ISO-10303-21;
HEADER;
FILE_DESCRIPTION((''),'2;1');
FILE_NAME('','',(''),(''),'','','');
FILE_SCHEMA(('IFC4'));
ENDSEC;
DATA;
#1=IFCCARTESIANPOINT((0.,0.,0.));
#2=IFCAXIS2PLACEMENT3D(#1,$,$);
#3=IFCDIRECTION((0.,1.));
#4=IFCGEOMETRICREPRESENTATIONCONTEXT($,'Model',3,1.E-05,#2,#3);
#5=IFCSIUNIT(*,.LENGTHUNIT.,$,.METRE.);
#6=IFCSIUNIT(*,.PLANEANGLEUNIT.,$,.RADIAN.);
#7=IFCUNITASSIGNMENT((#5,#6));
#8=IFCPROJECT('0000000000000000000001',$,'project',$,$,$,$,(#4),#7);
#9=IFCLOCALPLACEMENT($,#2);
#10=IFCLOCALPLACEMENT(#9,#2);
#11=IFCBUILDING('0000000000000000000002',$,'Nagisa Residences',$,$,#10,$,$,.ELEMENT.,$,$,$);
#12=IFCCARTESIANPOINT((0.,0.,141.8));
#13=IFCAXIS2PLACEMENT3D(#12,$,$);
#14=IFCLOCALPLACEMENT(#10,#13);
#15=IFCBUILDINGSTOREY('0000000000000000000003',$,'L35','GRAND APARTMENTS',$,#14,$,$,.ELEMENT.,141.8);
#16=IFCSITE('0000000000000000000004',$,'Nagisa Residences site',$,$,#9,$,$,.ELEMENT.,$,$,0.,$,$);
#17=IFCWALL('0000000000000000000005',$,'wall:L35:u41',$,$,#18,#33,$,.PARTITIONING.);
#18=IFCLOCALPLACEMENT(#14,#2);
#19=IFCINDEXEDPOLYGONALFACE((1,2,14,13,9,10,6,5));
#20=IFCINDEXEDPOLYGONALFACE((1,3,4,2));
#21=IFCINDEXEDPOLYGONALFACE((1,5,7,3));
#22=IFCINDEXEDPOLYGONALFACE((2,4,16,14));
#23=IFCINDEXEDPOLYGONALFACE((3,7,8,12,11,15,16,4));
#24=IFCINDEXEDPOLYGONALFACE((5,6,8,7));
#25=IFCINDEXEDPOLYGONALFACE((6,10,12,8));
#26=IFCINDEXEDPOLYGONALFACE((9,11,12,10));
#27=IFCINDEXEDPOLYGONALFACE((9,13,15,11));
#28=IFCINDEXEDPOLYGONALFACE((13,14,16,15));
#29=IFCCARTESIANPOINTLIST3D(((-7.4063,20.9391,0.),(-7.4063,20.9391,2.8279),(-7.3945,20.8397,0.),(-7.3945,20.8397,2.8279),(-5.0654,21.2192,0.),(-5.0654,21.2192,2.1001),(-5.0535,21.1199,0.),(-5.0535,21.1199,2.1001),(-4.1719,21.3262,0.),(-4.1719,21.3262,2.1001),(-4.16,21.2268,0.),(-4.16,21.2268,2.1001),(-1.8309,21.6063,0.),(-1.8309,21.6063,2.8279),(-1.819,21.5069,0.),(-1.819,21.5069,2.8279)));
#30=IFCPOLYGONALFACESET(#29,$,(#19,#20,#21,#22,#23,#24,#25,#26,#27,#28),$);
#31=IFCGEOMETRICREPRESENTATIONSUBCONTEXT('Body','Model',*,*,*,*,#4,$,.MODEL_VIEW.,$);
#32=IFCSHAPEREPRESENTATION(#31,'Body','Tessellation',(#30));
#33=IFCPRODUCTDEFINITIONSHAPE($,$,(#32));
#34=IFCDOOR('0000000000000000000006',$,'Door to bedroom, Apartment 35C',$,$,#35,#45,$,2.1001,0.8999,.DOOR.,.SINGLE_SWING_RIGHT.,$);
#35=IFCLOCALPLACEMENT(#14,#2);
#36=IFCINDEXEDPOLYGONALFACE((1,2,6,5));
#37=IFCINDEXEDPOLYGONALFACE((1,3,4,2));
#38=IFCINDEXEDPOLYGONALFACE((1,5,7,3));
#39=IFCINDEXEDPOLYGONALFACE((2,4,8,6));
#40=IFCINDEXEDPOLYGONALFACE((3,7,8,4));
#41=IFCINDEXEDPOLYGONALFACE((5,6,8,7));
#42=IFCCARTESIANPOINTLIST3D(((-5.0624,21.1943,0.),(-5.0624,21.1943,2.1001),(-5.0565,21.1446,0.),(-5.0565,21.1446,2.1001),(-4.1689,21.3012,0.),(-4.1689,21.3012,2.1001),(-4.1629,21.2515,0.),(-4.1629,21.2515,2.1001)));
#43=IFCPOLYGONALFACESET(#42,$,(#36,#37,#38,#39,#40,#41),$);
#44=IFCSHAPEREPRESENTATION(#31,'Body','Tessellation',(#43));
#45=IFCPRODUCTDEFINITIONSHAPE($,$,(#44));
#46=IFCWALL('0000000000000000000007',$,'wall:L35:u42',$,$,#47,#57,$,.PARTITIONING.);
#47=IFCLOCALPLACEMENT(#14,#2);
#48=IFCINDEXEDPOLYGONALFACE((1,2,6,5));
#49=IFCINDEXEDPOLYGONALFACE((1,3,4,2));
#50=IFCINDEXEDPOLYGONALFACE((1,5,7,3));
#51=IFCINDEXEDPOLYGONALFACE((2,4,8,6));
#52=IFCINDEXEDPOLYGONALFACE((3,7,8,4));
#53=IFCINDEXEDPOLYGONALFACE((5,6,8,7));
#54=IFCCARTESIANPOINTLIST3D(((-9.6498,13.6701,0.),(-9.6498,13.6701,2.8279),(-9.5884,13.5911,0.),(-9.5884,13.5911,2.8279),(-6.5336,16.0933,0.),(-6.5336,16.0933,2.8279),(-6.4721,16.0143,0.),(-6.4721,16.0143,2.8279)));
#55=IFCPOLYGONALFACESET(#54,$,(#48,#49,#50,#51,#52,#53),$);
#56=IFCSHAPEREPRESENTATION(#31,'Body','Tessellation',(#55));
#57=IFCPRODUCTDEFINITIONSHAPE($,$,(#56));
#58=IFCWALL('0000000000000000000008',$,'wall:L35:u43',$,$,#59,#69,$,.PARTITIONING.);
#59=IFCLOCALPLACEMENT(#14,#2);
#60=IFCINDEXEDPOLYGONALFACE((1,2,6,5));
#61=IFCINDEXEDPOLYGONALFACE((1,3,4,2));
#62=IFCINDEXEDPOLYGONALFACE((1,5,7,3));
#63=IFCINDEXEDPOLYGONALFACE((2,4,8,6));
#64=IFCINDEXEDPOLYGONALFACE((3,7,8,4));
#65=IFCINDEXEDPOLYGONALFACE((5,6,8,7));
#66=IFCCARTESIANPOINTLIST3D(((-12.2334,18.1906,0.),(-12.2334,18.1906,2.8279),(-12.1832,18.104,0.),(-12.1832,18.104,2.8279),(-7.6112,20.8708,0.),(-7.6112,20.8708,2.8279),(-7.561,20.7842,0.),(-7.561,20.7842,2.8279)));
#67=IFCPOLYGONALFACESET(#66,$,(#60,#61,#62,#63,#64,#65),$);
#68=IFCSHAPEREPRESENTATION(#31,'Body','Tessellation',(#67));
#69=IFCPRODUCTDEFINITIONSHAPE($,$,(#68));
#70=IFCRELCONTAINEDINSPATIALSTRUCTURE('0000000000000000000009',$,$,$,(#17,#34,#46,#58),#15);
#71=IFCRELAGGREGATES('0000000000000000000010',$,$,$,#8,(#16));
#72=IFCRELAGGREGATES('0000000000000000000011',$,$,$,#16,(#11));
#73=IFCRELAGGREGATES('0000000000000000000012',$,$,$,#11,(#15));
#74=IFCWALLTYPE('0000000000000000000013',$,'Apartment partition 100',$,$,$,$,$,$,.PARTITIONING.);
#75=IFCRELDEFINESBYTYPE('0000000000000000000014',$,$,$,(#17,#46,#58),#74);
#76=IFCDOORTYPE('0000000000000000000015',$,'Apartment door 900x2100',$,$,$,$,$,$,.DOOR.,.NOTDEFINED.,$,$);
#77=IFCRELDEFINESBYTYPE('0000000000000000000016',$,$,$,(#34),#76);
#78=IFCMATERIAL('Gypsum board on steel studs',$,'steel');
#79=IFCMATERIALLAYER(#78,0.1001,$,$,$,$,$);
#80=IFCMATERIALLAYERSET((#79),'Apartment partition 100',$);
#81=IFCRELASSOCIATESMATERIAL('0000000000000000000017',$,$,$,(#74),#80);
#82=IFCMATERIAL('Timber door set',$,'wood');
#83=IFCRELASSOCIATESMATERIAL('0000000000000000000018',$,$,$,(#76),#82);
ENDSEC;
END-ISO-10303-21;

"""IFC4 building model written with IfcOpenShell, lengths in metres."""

from ifc_helpers import new_model, si_unit, direction, frame, frame_2d, origin, place, context, subcontext, project, spatial, rectangle, extrude, material, layer, layer_set, type_object, element, fill, save


model = new_model("IFC4")

# Units and contexts
model_context = context("Model", 3, precision=1e-05, world=origin(), true_north=direction((0.0, 1.0)))
body_context = subcontext(model_context, "Body", "Model", "MODEL_VIEW")
ifc_project = project(units=[si_unit("LENGTHUNIT", "METRE"), si_unit("PLANEANGLEUNIT", "RADIAN")], contexts=[model_context])

# Site, building, storey
site_placement = place(None, origin())
site = spatial("IfcSite", under=ifc_project, at=site_placement, Name="Nagisa Residences site", CompositionType="ELEMENT", RefElevation=0.0)
building_placement = place(site_placement, origin())
building = spatial("IfcBuilding", under=site, at=building_placement, Name="Nagisa Residences", CompositionType="ELEMENT")
storey_placement = place(building_placement, frame((0.0, 0.0, 141.8)))
storey = spatial("IfcBuildingStorey", under=building, at=storey_placement, Name="L35", Description="GRAND APARTMENTS", CompositionType="ELEMENT", Elevation=141.8)

# Wall, opening, door
ifc_material_1 = material(Name="Gypsum board on steel studs", Category="steel")
ifc_layer_1 = layer(ifc_material_1, 0.1001)
ifc_layer_set_1 = layer_set([ifc_layer_1], Name="Apartment partition 100")
wall_type_1 = type_object("IfcWallType", Name="Apartment partition 100", PredefinedType="PARTITIONING", material=ifc_layer_set_1)
ifc_material_2 = material(Name="Timber door set", Category="wood")
door_type_1 = type_object("IfcDoorType", Name="Apartment door 900x2100", OperationType="NOTDEFINED", PredefinedType="DOOR", material=ifc_material_2)
wall_1_placement = place(storey_placement, frame((-1.825, 21.5566, 0.0), z_axis=(0.0, 0.0, 1.0), x_axis=(-0.992915, -0.118826, 0.0)))
wall_1 = element("IfcWall", 1, at=wall_1_placement, inside=storey, type_object=wall_type_1, Name="wall:L35:u41", PredefinedType="PARTITIONING", context=body_context, shape_type="SweptSolid", body=[
    extrude(rectangle(XDim=5.6152, YDim=0.1001, at=frame_2d((2.8076, 0.0))), origin(), (0.0, 0.0, 1.0), 2.8279),
])
opening_1_placement = place(wall_1_placement, frame((2.3577, 0.0, 0.0)))
opening_1 = element("IfcOpeningElement", 2, at=opening_1_placement, cuts=wall_1, PredefinedType="OPENING", context=body_context, shape_type="SweptSolid", body=[
    extrude(rectangle(XDim=0.8999, YDim=2.1001, at=frame_2d((0.45, 1.05))), frame((0.0, 0.0601, 0.0), z_axis=(0.0, -1.0, 0.0), x_axis=(1.0, 0.0, 0.0)), (0.0, 0.0, 1.0), 0.1201),
])
door_1_placement = place(opening_1_placement, frame((0.8999, 0.0, 0.0), x_axis=(-1.0, 0.0, 0.0)))
door_1 = element("IfcDoor", 3, at=door_1_placement, inside=storey, type_object=door_type_1, Name="Door to bedroom, Apartment 35C", OperationType="SINGLE_SWING_RIGHT", OverallHeight=2.1001, OverallWidth=0.8999, PredefinedType="DOOR", context=body_context, shape_type="SweptSolid", body=[
    extrude(rectangle(XDim=0.8999, YDim=2.1001, at=frame_2d((0.45, 1.05))), frame((0.0, 0.0249, 0.0), z_axis=(0.0, -1.0, 0.0), x_axis=(1.0, 0.0, 0.0)), (0.0, 0.0, 1.0), 0.05),
])
fill(opening_1, door_1)

# Walls
wall_2_placement = place(storey_placement, frame((-6.5029, 16.0537, 0.0), z_axis=(0.0, 0.0, 1.0), x_axis=(-0.789429, -0.613842, 0.0)))
element("IfcWall", 4, at=wall_2_placement, inside=storey, type_object=wall_type_1, Name="wall:L35:u42", PredefinedType="PARTITIONING", context=body_context, shape_type="SweptSolid", body=[
    extrude(rectangle(XDim=3.9475, YDim=0.1001, at=frame_2d((1.9736, 0.0))), origin(), (0.0, 0.0, 1.0), 2.8279),
])
wall_3_placement = place(storey_placement, frame((-7.5862, 20.8274, 0.0), z_axis=(0.0, 0.0, 1.0), x_axis=(-0.865093, -0.501611, 0.0)))
element("IfcWall", 5, at=wall_3_placement, inside=storey, type_object=wall_type_1, Name="wall:L35:u43", PredefinedType="PARTITIONING", context=body_context, shape_type="SweptSolid", body=[
    extrude(rectangle(XDim=5.343, YDim=0.1001, at=frame_2d((2.6714, 0.0))), origin(), (0.0, 0.0, 1.0), 2.8279),
])

save(model, "model.ifc")
